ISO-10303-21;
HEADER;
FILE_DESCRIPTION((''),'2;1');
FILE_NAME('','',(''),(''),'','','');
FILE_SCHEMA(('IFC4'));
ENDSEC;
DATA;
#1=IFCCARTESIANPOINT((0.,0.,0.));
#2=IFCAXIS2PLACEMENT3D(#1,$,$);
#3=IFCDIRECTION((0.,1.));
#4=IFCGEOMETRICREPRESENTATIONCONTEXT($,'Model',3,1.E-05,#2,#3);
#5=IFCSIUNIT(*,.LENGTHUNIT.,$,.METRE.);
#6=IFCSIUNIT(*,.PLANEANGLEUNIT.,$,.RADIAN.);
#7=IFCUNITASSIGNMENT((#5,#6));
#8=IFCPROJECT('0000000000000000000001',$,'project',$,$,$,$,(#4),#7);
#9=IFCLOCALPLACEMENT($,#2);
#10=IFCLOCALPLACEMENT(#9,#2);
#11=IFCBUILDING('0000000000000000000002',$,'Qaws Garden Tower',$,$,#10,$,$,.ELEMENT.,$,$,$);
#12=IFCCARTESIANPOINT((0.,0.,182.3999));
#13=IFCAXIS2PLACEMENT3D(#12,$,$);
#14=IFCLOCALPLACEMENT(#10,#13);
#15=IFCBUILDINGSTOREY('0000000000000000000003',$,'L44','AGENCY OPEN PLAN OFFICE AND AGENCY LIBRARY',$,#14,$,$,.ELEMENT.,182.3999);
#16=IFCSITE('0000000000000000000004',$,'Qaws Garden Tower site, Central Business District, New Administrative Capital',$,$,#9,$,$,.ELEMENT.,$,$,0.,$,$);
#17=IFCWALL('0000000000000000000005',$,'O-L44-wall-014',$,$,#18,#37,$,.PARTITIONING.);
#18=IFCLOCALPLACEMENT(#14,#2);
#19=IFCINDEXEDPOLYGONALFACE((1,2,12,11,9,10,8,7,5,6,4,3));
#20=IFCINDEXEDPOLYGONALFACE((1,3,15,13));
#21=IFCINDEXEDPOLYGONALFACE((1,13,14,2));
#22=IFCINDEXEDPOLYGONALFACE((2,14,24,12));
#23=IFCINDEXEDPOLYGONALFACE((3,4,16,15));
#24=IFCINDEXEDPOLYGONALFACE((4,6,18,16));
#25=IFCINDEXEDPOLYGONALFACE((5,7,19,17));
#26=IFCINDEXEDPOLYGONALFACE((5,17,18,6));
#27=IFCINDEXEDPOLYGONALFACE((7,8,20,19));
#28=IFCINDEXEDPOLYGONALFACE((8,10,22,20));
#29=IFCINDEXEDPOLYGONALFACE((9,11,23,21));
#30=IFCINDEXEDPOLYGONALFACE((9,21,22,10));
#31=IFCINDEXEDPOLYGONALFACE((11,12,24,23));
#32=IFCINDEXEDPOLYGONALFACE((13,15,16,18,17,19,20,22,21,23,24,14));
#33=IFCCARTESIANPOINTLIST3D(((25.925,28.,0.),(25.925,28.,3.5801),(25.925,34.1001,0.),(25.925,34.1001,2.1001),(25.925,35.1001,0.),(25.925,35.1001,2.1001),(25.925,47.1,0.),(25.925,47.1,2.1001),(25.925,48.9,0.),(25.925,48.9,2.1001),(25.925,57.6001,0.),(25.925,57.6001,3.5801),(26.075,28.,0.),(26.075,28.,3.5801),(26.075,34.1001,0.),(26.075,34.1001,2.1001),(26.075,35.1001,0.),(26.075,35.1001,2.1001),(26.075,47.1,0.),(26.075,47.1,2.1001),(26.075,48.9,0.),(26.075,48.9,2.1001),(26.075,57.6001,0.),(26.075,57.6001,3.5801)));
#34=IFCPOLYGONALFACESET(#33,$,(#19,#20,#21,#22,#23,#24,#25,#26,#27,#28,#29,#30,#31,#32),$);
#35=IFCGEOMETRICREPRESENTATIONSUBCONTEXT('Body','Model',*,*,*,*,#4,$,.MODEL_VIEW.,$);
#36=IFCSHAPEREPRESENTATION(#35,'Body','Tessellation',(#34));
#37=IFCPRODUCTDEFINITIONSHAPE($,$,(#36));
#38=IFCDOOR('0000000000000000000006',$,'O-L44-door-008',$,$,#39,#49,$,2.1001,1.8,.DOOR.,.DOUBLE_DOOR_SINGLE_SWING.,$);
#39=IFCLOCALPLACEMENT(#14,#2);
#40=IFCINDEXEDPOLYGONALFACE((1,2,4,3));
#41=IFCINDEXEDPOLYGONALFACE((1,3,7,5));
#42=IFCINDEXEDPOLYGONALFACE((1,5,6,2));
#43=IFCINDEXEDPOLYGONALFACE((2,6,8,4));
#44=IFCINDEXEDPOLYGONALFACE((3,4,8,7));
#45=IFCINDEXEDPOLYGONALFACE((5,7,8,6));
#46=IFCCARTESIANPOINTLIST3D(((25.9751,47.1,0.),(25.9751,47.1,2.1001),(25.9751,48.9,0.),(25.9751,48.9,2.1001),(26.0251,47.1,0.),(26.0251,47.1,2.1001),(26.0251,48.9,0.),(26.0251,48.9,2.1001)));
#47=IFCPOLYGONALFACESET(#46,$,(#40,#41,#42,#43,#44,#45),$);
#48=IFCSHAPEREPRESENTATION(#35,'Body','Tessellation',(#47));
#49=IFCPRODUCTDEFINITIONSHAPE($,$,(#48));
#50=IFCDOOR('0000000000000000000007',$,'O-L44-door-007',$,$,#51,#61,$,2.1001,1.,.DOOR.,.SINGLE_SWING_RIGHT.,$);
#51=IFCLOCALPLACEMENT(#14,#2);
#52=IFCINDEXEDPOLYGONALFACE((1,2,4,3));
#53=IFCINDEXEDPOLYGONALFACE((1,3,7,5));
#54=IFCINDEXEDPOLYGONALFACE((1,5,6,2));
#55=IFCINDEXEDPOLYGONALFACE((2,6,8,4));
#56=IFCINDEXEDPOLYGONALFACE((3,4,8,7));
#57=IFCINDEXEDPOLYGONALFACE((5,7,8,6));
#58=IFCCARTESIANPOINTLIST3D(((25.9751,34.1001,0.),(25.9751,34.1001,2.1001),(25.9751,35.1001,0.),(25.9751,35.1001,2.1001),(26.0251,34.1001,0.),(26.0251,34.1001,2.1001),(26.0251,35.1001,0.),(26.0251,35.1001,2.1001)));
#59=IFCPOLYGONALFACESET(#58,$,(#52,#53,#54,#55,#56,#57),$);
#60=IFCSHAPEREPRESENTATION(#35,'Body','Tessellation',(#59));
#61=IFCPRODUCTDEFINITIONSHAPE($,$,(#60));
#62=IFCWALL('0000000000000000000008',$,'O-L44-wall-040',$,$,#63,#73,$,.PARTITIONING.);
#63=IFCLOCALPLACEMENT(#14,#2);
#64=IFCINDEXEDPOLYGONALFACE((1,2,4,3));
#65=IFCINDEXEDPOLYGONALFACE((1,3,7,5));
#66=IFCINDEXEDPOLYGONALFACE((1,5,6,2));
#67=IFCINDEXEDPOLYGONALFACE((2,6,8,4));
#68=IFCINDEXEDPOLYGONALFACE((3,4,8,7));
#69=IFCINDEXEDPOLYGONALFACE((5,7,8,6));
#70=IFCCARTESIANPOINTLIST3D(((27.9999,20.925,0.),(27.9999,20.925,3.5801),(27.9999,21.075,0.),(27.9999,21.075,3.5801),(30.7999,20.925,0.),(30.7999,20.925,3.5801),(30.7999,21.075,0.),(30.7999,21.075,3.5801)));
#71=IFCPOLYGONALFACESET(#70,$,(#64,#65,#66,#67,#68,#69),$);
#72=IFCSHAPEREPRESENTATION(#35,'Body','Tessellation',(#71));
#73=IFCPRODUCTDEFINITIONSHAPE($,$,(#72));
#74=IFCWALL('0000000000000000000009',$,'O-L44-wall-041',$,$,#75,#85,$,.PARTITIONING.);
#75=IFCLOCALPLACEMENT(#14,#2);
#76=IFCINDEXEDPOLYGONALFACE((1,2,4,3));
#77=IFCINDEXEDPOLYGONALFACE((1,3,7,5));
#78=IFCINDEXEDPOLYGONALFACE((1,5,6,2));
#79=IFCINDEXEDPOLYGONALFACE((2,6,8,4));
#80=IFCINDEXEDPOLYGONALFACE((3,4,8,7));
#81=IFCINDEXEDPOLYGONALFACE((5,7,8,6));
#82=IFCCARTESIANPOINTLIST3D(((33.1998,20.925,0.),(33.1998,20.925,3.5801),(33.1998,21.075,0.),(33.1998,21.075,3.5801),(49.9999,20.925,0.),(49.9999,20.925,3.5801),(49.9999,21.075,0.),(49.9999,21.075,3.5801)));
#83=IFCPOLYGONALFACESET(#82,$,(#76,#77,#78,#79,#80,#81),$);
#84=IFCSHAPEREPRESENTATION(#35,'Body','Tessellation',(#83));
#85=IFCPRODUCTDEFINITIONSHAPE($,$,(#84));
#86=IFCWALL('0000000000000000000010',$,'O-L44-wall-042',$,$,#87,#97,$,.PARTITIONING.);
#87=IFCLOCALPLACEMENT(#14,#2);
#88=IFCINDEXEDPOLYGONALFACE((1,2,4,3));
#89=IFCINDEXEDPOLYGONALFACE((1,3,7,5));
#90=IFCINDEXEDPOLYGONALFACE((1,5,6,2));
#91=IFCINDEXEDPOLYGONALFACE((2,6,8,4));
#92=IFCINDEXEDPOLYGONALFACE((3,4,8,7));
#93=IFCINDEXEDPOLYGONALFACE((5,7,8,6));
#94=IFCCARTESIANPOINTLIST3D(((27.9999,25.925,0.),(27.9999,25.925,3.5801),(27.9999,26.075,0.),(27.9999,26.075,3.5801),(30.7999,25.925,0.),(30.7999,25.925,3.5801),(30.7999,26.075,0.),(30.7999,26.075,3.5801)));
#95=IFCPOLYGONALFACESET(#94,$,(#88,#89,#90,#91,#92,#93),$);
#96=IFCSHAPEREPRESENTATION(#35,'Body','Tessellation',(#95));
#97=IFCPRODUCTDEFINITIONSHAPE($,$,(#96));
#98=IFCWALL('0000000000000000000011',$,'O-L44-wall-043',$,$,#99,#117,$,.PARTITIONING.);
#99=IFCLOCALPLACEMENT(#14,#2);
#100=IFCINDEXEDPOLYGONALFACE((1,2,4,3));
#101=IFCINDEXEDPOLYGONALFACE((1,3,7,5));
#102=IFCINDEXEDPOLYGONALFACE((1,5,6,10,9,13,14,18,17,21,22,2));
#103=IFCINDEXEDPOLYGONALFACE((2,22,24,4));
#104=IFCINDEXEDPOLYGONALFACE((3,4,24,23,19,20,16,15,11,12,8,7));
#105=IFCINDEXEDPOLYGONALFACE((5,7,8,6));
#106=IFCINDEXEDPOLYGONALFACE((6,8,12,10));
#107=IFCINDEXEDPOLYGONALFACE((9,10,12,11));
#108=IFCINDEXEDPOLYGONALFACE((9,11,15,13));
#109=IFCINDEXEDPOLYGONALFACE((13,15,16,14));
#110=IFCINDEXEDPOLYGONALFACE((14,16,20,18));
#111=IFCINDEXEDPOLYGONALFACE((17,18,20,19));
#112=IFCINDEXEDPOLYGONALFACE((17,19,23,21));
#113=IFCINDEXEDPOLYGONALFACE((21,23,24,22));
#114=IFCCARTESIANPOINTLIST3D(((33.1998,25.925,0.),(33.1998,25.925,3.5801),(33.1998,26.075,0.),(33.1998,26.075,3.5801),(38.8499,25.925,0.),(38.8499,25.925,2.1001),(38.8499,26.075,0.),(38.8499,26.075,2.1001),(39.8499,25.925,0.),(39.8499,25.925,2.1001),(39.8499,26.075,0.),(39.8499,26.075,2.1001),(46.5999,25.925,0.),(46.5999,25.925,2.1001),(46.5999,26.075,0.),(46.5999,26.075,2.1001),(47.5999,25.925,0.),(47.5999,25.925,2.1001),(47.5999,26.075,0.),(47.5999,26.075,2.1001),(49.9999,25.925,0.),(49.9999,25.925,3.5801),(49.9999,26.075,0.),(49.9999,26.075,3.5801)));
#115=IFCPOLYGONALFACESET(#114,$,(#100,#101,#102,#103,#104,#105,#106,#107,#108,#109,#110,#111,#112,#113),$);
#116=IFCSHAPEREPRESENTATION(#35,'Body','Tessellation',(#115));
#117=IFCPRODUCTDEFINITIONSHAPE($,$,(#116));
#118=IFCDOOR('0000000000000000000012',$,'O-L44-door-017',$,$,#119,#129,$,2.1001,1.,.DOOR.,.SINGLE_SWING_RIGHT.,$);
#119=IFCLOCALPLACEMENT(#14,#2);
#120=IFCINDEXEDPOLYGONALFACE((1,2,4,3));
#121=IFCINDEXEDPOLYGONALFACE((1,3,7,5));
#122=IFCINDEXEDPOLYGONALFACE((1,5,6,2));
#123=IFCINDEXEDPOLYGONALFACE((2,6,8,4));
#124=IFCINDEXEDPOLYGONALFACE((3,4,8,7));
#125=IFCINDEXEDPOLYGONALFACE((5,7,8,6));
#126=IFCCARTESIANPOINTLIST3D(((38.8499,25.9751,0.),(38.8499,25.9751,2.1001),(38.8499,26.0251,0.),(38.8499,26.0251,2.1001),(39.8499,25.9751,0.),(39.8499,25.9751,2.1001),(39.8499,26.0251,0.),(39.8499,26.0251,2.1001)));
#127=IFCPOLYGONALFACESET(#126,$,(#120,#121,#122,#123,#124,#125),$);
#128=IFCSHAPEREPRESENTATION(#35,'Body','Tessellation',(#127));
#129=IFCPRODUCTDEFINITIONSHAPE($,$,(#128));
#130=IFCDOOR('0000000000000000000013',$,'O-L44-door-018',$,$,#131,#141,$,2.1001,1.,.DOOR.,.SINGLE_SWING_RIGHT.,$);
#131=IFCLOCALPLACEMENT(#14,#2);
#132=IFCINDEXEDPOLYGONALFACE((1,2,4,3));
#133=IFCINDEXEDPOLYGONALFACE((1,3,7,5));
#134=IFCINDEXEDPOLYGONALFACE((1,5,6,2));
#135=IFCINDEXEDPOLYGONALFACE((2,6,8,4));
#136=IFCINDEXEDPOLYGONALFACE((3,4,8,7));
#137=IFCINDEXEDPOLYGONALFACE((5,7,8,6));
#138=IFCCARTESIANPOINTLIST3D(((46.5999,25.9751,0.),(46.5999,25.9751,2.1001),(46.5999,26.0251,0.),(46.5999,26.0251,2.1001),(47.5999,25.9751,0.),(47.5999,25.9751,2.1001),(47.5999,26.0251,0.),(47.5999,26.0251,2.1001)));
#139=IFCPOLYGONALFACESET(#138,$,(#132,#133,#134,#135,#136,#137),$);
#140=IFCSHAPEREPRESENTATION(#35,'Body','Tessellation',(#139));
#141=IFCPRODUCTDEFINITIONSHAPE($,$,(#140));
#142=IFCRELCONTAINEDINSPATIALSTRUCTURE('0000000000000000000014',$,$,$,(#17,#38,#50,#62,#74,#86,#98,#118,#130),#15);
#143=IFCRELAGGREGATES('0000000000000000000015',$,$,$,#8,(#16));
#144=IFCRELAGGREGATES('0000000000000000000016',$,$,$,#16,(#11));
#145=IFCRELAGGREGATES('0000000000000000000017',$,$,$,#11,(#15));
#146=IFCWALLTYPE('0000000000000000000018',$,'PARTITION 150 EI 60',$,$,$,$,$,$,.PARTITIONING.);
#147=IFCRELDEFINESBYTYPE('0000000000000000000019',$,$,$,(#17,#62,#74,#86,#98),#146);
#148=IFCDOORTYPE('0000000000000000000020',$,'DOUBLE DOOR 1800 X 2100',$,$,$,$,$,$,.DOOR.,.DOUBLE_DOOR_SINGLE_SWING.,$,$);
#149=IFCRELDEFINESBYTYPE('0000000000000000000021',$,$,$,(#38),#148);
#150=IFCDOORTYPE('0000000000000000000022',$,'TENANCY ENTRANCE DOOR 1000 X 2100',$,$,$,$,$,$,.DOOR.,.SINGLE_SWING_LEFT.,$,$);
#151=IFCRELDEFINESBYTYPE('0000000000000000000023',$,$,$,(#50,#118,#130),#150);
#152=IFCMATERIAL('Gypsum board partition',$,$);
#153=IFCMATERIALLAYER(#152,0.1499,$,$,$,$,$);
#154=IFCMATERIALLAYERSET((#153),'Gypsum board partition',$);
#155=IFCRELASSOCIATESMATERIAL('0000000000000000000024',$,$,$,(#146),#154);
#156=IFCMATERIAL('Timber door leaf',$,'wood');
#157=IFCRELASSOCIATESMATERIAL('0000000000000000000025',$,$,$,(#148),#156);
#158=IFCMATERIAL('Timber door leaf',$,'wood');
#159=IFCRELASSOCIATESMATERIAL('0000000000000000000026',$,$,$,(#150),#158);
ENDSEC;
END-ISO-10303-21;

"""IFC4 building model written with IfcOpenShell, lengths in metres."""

from ifc_helpers import new_model, si_unit, direction, frame, frame_2d, origin, place, context, subcontext, project, spatial, rectangle, extrude, material, layer, layer_set, type_object, element, fill, save


model = new_model("IFC4")

# Units and contexts
model_context = context("Model", 3, precision=1e-05, world=origin(), true_north=direction((0.0, 1.0)))
body_context = subcontext(model_context, "Body", "Model", "MODEL_VIEW")
ifc_project = project(units=[si_unit("LENGTHUNIT", "METRE"), si_unit("PLANEANGLEUNIT", "RADIAN")], contexts=[model_context])

# Site, building, storey
site_placement = place(None, origin())
site = spatial("IfcSite", under=ifc_project, at=site_placement, Name="Qaws Garden Tower site, Central Business District, New Administrative Capital", CompositionType="ELEMENT", RefElevation=0.0)
building_placement = place(site_placement, origin())
building = spatial("IfcBuilding", under=site, at=building_placement, Name="Qaws Garden Tower", CompositionType="ELEMENT")
storey_placement = place(building_placement, frame((0.0, 0.0, 182.3999)))
storey = spatial("IfcBuildingStorey", under=building, at=storey_placement, Name="L44", Description="AGENCY OPEN PLAN OFFICE AND AGENCY LIBRARY", CompositionType="ELEMENT", Elevation=182.3999)

# Wall, openings, doors
ifc_material_1 = material(Name="Gypsum board partition")
ifc_layer_1 = layer(ifc_material_1, 0.1499)
ifc_layer_set_1 = layer_set([ifc_layer_1], Name="Gypsum board partition")
wall_type_1 = type_object("IfcWallType", Name="PARTITION 150 EI 60", PredefinedType="PARTITIONING", material=ifc_layer_set_1)
wall_1_placement = place(storey_placement, frame((26.0, 28.0, 0.0), z_axis=(0.0, 0.0, 1.0), x_axis=(0.0, 1.0, 0.0)))
wall_1 = element("IfcWall", 1, at=wall_1_placement, inside=storey, type_object=wall_type_1, Name="O-L44-wall-014", PredefinedType="PARTITIONING", context=body_context, shape_type="SweptSolid", body=[
    extrude(rectangle(XDim=29.6001, YDim=0.1499, at=frame_2d((14.8, 0.0))), origin(), (0.0, 0.0, 1.0), 3.5801),
])
opening_1_placement = place(wall_1_placement, frame((6.1001, 0.0, 0.0)))
opening_1 = element("IfcOpeningElement", 2, at=opening_1_placement, cuts=wall_1, PredefinedType="OPENING", context=body_context, shape_type="SweptSolid", body=[
    extrude(rectangle(XDim=1.0, YDim=2.1001, at=frame_2d((0.5, 1.05))), frame((0.0, 0.085, 0.0), z_axis=(0.0, -1.0, 0.0), x_axis=(1.0, 0.0, 0.0)), (0.0, 0.0, 1.0), 0.1699),
])
opening_2_placement = place(wall_1_placement, frame((19.1001, 0.0, 0.0)))
opening_2 = element("IfcOpeningElement", 3, at=opening_2_placement, cuts=wall_1, PredefinedType="OPENING", context=body_context, shape_type="SweptSolid", body=[
    extrude(rectangle(XDim=1.8, YDim=2.1001, at=frame_2d((0.8999, 1.05))), frame((0.0, 0.085, 0.0), z_axis=(0.0, -1.0, 0.0), x_axis=(1.0, 0.0, 0.0)), (0.0, 0.0, 1.0), 0.1699),
])
ifc_material_2 = material(Name="Timber door leaf", Category="wood")
door_type_1 = type_object("IfcDoorType", Name="DOUBLE DOOR 1800 X 2100", OperationType="DOUBLE_DOOR_SINGLE_SWING", PredefinedType="DOOR", material=ifc_material_2)
door_1_placement = place(opening_2_placement, origin())
door_1 = element("IfcDoor", 4, at=door_1_placement, inside=storey, type_object=door_type_1, Name="O-L44-door-008", OperationType="DOUBLE_DOOR_SINGLE_SWING", OverallHeight=2.1001, OverallWidth=1.8, PredefinedType="DOOR", context=body_context, shape_type="SweptSolid", body=[
    extrude(rectangle(XDim=1.8, YDim=2.1001, at=frame_2d((0.8999, 1.05))), frame((0.0, 0.0249, 0.0), z_axis=(0.0, -1.0, 0.0), x_axis=(1.0, 0.0, 0.0)), (0.0, 0.0, 1.0), 0.05),
])
fill(opening_2, door_1)
ifc_material_3 = material(Name="Timber door leaf", Category="wood")
door_type_2 = type_object("IfcDoorType", Name="TENANCY ENTRANCE DOOR 1000 X 2100", OperationType="SINGLE_SWING_LEFT", PredefinedType="DOOR", material=ifc_material_3)
door_2_placement = place(opening_1_placement, origin())
door_2 = element("IfcDoor", 5, at=door_2_placement, inside=storey, type_object=door_type_2, Name="O-L44-door-007", OperationType="SINGLE_SWING_RIGHT", OverallHeight=2.1001, OverallWidth=1.0, PredefinedType="DOOR", context=body_context, shape_type="SweptSolid", body=[
    extrude(rectangle(XDim=1.0, YDim=2.1001, at=frame_2d((0.5, 1.05))), frame((0.0, 0.0249, 0.0), z_axis=(0.0, -1.0, 0.0), x_axis=(1.0, 0.0, 0.0)), (0.0, 0.0, 1.0), 0.05),
])
fill(opening_1, door_2)

# Walls
wall_2_placement = place(storey_placement, frame((28.0, 21.0, 0.0), z_axis=(0.0, 0.0, 1.0), x_axis=(1.0, 0.0, 0.0)))
element("IfcWall", 6, at=wall_2_placement, inside=storey, type_object=wall_type_1, Name="O-L44-wall-040", PredefinedType="PARTITIONING", context=body_context, shape_type="SweptSolid", body=[
    extrude(rectangle(XDim=2.8, YDim=0.1499, at=frame_2d((1.3999, 0.0))), origin(), (0.0, 0.0, 1.0), 3.5801),
])
wall_3_placement = place(storey_placement, frame((33.2, 21.0, 0.0), z_axis=(0.0, 0.0, 1.0), x_axis=(1.0, 0.0, 0.0)))
element("IfcWall", 7, at=wall_3_placement, inside=storey, type_object=wall_type_1, Name="O-L44-wall-041", PredefinedType="PARTITIONING", context=body_context, shape_type="SweptSolid", body=[
    extrude(rectangle(XDim=16.8, YDim=0.1499, at=frame_2d((8.3999, 0.0))), origin(), (0.0, 0.0, 1.0), 3.5801),
])
wall_4_placement = place(storey_placement, frame((28.0, 26.0, 0.0), z_axis=(0.0, 0.0, 1.0), x_axis=(1.0, 0.0, 0.0)))
element("IfcWall", 8, at=wall_4_placement, inside=storey, type_object=wall_type_1, Name="O-L44-wall-042", PredefinedType="PARTITIONING", context=body_context, shape_type="SweptSolid", body=[
    extrude(rectangle(XDim=2.8, YDim=0.1499, at=frame_2d((1.3999, 0.0))), origin(), (0.0, 0.0, 1.0), 3.5801),
])

# Wall, openings, doors
wall_5_placement = place(storey_placement, frame((33.2, 26.0, 0.0), z_axis=(0.0, 0.0, 1.0), x_axis=(1.0, 0.0, 0.0)))
wall_5 = element("IfcWall", 9, at=wall_5_placement, inside=storey, type_object=wall_type_1, Name="O-L44-wall-043", PredefinedType="PARTITIONING", context=body_context, shape_type="SweptSolid", body=[
    extrude(rectangle(XDim=16.8, YDim=0.1499, at=frame_2d((8.3999, 0.0))), origin(), (0.0, 0.0, 1.0), 3.5801),
])
opening_3_placement = place(wall_5_placement, frame((5.6499, 0.0, 0.0)))
opening_3 = element("IfcOpeningElement", 10, at=opening_3_placement, cuts=wall_5, PredefinedType="OPENING", context=body_context, shape_type="SweptSolid", body=[
    extrude(rectangle(XDim=1.0, YDim=2.1001, at=frame_2d((0.5, 1.05))), frame((0.0, 0.085, 0.0), z_axis=(0.0, -1.0, 0.0), x_axis=(1.0, 0.0, 0.0)), (0.0, 0.0, 1.0), 0.1699),
])
opening_4_placement = place(wall_5_placement, frame((13.3999, 0.0, 0.0)))
opening_4 = element("IfcOpeningElement", 11, at=opening_4_placement, cuts=wall_5, PredefinedType="OPENING", context=body_context, shape_type="SweptSolid", body=[
    extrude(rectangle(XDim=1.0, YDim=2.1001, at=frame_2d((0.5, 1.05))), frame((0.0, 0.085, 0.0), z_axis=(0.0, -1.0, 0.0), x_axis=(1.0, 0.0, 0.0)), (0.0, 0.0, 1.0), 0.1699),
])
door_3_placement = place(opening_3_placement, frame((1.0, 0.0, 0.0), z_axis=(0.0, 0.0, 1.0), x_axis=(-1.0, 0.0, 0.0)))
door_3 = element("IfcDoor", 12, at=door_3_placement, inside=storey, type_object=door_type_2, Name="O-L44-door-017", OperationType="SINGLE_SWING_RIGHT", OverallHeight=2.1001, OverallWidth=1.0, PredefinedType="DOOR", context=body_context, shape_type="SweptSolid", body=[
    extrude(rectangle(XDim=1.0, YDim=2.1001, at=frame_2d((0.5, 1.05))), frame((0.0, 0.0249, 0.0), z_axis=(0.0, -1.0, 0.0), x_axis=(1.0, 0.0, 0.0)), (0.0, 0.0, 1.0), 0.05),
])
fill(opening_3, door_3)
door_4_placement = place(opening_4_placement, frame((1.0, 0.0, 0.0), z_axis=(0.0, 0.0, 1.0), x_axis=(-1.0, 0.0, 0.0)))
door_4 = element("IfcDoor", 13, at=door_4_placement, inside=storey, type_object=door_type_2, Name="O-L44-door-018", OperationType="SINGLE_SWING_RIGHT", OverallHeight=2.1001, OverallWidth=1.0, PredefinedType="DOOR", context=body_context, shape_type="SweptSolid", body=[
    extrude(rectangle(XDim=1.0, YDim=2.1001, at=frame_2d((0.5, 1.05))), frame((0.0, 0.0249, 0.0), z_axis=(0.0, -1.0, 0.0), x_axis=(1.0, 0.0, 0.0)), (0.0, 0.0, 1.0), 0.05),
])
fill(opening_4, door_4)

save(model, "model.ifc")
